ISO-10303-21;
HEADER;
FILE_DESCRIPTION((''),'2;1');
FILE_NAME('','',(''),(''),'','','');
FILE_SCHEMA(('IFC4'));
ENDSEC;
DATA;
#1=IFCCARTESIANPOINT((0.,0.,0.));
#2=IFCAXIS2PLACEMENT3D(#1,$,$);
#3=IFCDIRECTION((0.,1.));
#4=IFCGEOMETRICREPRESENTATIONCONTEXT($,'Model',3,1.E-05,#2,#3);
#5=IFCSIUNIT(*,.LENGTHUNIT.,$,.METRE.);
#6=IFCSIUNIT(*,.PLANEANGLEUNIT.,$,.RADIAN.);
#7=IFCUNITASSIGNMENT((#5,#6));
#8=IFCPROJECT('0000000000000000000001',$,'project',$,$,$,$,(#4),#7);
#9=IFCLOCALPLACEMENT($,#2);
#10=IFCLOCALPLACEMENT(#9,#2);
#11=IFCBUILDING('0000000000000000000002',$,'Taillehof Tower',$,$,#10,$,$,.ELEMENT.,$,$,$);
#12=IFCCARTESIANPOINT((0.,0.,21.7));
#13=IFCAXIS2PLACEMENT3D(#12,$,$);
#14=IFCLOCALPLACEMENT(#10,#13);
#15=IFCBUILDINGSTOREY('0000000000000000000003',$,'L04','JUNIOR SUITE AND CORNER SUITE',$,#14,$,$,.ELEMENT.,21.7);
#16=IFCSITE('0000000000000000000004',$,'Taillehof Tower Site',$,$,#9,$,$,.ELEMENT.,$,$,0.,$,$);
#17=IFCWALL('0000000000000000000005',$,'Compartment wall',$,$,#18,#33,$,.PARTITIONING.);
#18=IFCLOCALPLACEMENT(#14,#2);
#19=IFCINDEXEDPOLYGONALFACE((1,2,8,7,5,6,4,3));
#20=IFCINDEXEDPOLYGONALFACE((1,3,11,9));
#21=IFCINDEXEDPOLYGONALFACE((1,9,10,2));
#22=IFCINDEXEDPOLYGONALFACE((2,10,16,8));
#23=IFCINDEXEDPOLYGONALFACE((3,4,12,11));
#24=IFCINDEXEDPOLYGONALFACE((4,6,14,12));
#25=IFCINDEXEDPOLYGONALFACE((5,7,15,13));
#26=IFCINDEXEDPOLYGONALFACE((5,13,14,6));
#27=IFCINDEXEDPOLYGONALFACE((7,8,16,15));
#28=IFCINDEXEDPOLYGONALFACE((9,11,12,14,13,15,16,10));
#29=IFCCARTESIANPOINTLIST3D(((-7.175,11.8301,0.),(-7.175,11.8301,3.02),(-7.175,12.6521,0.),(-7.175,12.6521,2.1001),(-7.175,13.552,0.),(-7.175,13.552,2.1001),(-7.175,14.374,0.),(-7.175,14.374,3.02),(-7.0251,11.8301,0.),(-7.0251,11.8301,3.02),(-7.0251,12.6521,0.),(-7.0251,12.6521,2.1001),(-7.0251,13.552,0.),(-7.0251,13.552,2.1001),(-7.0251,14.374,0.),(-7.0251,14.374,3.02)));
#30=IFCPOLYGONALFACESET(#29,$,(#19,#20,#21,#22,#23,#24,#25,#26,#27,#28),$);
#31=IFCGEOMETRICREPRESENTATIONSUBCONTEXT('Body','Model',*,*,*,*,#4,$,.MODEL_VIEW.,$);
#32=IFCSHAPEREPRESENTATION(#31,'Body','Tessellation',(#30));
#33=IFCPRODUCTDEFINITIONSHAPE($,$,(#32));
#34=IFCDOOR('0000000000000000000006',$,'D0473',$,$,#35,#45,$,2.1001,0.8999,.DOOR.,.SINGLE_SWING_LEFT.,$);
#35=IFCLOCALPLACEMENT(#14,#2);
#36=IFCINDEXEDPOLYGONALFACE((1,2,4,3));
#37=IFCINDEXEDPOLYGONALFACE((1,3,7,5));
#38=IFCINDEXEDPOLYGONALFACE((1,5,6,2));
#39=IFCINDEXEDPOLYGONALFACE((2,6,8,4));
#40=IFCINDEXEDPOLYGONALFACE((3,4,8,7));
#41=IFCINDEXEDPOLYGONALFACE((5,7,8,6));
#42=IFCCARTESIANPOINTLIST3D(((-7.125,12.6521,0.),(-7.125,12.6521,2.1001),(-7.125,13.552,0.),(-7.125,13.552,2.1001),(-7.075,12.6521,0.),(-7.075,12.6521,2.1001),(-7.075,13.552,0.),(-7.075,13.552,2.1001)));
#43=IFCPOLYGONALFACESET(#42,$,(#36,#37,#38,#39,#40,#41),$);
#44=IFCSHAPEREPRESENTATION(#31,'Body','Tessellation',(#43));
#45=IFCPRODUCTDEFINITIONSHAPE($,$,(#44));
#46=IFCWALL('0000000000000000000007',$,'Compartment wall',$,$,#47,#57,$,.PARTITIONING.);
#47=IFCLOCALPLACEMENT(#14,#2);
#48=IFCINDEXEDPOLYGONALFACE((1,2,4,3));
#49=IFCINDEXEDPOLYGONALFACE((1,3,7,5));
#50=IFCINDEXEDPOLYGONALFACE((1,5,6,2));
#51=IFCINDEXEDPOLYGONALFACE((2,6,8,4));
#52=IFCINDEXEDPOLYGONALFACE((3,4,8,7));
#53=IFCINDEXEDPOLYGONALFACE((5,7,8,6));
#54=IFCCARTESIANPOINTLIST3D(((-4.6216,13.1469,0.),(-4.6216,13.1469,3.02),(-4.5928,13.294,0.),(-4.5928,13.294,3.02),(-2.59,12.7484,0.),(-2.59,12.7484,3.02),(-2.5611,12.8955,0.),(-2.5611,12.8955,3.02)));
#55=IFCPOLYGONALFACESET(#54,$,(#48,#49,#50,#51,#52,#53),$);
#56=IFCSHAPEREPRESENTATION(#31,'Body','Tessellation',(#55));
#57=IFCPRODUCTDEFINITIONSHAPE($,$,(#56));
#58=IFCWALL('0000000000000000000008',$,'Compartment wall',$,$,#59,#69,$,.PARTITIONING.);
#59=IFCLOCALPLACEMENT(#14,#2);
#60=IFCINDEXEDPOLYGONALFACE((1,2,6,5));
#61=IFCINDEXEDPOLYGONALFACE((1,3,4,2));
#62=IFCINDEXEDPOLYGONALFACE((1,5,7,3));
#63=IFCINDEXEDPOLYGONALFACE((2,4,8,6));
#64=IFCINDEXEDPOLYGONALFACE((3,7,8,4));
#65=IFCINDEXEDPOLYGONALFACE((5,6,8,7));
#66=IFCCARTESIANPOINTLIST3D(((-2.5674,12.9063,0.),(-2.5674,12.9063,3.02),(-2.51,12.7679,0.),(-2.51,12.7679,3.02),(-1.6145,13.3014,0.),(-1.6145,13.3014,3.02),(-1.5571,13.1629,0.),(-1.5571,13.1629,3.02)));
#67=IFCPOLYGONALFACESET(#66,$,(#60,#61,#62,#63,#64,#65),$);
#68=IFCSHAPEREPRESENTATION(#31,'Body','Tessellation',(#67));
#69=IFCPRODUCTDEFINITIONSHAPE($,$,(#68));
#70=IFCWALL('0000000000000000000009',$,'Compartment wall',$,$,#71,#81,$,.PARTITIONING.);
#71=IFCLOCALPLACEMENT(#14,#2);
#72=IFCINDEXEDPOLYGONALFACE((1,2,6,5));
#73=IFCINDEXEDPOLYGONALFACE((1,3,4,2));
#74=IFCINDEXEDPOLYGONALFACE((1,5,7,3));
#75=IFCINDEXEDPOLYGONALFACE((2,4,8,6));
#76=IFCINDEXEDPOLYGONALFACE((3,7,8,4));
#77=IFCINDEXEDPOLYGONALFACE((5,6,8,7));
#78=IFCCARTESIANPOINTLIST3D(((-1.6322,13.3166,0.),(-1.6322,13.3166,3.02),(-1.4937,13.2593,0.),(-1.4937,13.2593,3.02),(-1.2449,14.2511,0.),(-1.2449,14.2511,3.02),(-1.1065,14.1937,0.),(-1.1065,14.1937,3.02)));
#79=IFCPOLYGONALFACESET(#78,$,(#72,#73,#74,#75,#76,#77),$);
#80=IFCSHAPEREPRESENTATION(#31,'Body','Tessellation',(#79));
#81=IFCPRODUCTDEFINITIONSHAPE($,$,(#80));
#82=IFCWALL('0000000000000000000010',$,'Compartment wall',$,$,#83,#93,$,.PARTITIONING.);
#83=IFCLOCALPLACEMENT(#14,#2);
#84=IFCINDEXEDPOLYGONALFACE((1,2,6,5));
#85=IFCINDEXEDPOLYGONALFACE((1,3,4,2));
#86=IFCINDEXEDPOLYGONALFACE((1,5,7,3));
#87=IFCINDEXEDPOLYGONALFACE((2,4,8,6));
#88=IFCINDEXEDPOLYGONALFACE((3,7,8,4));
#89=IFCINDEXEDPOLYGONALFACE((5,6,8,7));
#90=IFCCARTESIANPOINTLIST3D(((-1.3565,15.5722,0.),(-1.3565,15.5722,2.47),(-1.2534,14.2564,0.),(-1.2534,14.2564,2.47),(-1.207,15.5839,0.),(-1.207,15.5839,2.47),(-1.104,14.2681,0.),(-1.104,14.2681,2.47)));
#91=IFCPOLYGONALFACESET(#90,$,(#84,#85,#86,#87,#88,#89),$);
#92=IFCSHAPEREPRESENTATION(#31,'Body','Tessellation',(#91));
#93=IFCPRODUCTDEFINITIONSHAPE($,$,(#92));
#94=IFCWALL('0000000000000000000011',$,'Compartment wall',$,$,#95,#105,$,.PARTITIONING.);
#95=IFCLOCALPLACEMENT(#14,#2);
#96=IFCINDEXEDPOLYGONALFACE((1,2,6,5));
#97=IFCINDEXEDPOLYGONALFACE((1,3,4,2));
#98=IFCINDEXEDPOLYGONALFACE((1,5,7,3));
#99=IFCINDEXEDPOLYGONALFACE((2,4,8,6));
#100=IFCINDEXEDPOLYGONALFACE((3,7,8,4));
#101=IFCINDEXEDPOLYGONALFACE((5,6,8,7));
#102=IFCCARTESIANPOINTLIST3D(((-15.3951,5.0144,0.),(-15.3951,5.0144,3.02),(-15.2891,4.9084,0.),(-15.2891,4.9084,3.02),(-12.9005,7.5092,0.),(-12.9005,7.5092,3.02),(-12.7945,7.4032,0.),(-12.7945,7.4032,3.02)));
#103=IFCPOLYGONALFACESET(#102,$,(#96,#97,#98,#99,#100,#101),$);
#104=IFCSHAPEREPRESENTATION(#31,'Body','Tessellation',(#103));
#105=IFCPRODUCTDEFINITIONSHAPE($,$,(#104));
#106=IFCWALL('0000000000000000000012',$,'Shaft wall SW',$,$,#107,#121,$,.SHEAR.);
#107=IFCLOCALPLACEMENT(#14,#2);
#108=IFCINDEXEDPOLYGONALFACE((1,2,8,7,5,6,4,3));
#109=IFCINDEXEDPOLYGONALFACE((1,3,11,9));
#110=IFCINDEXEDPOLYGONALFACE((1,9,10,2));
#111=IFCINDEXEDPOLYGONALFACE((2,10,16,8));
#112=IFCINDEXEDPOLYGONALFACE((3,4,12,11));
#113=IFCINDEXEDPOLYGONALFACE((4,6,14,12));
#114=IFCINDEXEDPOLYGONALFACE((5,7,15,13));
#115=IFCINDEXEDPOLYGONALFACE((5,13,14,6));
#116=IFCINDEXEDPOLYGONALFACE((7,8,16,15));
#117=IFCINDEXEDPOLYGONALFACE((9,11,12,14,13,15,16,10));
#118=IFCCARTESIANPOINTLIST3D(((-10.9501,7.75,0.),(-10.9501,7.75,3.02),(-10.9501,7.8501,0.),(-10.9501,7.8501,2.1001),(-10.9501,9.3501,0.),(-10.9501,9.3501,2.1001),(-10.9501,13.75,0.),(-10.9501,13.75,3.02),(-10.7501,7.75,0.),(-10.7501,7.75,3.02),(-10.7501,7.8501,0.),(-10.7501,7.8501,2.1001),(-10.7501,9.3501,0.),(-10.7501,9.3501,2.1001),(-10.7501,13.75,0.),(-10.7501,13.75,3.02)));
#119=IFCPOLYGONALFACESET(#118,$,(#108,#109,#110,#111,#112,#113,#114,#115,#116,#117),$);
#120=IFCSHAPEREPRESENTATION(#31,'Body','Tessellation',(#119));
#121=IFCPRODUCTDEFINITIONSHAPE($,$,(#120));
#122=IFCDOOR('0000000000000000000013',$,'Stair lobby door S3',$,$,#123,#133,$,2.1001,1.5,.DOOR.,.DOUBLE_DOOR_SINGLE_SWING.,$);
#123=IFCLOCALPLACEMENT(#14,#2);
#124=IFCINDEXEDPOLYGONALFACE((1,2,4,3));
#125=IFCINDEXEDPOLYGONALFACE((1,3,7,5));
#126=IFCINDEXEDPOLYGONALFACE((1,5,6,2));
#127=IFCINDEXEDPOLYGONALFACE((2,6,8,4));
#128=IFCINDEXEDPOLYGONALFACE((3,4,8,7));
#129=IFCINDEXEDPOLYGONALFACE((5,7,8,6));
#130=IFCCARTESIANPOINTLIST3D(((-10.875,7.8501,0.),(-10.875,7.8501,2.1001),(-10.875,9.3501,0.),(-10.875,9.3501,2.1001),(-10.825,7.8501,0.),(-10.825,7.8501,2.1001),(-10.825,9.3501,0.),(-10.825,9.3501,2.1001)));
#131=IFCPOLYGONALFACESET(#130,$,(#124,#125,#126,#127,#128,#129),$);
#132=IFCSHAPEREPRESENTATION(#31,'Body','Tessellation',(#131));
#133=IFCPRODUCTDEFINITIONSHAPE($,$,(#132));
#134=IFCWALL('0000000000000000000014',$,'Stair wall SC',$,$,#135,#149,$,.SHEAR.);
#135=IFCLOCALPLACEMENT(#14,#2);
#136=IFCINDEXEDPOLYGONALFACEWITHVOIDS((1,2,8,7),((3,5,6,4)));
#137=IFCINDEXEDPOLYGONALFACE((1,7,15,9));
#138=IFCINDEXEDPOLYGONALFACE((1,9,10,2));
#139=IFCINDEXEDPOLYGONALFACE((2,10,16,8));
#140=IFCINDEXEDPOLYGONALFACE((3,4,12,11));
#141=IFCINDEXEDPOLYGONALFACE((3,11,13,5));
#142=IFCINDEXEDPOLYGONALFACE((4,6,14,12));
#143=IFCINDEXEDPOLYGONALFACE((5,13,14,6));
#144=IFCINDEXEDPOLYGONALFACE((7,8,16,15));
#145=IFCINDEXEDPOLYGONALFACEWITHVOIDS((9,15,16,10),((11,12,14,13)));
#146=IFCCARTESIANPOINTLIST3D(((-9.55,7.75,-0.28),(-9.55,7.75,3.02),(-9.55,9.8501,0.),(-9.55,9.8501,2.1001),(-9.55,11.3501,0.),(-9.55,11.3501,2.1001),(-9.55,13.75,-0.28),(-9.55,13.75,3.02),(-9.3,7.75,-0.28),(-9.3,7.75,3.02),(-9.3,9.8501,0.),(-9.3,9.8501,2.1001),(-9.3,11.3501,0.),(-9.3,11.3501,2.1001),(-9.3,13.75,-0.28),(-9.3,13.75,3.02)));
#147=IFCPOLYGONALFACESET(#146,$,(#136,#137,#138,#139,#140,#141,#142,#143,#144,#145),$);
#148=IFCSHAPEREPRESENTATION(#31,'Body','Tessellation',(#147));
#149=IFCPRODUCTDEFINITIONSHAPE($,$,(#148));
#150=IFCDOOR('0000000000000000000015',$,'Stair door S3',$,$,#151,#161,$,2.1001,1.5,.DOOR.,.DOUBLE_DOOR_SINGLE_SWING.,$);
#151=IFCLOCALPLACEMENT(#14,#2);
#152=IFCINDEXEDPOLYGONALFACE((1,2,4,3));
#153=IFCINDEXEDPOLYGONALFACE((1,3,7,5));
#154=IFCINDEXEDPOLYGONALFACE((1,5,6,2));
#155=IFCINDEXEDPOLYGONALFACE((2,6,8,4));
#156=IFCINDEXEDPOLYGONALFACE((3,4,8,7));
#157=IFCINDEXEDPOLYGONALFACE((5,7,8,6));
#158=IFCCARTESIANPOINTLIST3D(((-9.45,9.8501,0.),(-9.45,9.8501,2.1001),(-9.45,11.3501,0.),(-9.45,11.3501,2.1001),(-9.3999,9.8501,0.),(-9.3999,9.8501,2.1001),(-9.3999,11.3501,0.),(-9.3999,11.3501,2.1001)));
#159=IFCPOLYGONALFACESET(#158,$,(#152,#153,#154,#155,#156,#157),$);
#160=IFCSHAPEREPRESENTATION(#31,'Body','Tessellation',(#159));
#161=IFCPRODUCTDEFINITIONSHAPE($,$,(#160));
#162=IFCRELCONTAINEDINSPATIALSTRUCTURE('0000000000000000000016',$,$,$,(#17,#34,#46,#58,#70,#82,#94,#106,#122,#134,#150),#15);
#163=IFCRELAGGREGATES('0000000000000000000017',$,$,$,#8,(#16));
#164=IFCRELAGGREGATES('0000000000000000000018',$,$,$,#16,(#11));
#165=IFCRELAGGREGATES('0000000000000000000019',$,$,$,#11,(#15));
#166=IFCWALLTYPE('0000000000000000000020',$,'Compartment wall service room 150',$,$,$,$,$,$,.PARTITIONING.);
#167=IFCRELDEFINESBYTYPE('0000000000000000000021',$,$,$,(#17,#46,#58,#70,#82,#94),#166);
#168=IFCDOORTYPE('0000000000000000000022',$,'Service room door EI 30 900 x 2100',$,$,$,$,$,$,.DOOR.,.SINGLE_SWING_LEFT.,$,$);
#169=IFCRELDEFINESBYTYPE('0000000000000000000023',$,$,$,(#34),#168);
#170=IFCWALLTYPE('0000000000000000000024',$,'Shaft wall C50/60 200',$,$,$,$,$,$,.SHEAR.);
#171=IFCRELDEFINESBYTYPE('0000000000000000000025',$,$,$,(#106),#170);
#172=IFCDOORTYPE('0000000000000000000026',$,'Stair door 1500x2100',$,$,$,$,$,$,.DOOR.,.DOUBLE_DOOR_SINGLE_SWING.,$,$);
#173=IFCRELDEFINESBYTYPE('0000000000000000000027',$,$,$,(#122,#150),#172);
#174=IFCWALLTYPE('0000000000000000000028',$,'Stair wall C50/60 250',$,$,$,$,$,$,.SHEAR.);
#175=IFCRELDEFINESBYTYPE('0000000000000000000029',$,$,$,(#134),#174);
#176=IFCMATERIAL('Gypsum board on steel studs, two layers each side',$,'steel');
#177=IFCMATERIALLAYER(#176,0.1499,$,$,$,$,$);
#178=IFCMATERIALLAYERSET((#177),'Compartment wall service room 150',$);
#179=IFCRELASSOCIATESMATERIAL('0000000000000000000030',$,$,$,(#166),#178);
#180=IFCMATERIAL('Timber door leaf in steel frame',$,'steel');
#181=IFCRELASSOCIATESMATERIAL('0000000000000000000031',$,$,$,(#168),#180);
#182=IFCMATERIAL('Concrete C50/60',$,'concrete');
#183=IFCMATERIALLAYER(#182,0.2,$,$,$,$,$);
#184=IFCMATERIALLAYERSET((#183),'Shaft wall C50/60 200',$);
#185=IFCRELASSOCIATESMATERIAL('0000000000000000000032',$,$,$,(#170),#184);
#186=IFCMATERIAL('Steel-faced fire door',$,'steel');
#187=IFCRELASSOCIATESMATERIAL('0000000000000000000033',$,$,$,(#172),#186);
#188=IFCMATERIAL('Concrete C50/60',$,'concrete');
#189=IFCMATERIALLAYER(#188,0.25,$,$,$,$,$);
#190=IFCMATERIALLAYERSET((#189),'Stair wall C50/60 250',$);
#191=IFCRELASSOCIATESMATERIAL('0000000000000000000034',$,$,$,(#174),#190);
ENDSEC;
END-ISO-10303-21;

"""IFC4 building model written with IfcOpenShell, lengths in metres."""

from ifc_helpers import new_model, si_unit, direction, frame, frame_2d, origin, place, context, subcontext, project, spatial, rectangle, extrude, material, layer, layer_set, type_object, element, fill, save


model = new_model("IFC4")

# Units and contexts
model_context = context("Model", 3, precision=1e-05, world=origin(), true_north=direction((0.0, 1.0)))
body_context = subcontext(model_context, "Body", "Model", "MODEL_VIEW")
ifc_project = project(units=[si_unit("LENGTHUNIT", "METRE"), si_unit("PLANEANGLEUNIT", "RADIAN")], contexts=[model_context])

# Site, building, storey
site_placement = place(None, origin())
site = spatial("IfcSite", under=ifc_project, at=site_placement, Name="Taillehof Tower Site", CompositionType="ELEMENT", RefElevation=0.0)
building_placement = place(site_placement, origin())
building = spatial("IfcBuilding", under=site, at=building_placement, Name="Taillehof Tower", CompositionType="ELEMENT")
storey_placement = place(building_placement, frame((0.0, 0.0, 21.7)))
storey = spatial("IfcBuildingStorey", under=building, at=storey_placement, Name="L04", Description="JUNIOR SUITE AND CORNER SUITE", CompositionType="ELEMENT", Elevation=21.7)

# Shared definitions
ifc_material_1 = material(Name="Gypsum board on steel studs, two layers each side", Category="steel")
ifc_layer_1 = layer(ifc_material_1, 0.1499)
ifc_layer_set_1 = layer_set([ifc_layer_1], Name="Compartment wall service room 150")
wall_type_1 = type_object("IfcWallType", Name="Compartment wall service room 150", PredefinedType="PARTITIONING", material=ifc_layer_set_1)

# Wall, opening, door
wall_1_placement = place(storey_placement, frame((-7.1001, 11.8301, 0.0), z_axis=(0.0, 0.0, 1.0), x_axis=(0.0, 1.0, 0.0)))
wall_1 = element("IfcWall", 1, at=wall_1_placement, inside=storey, type_object=wall_type_1, Name="Compartment wall", PredefinedType="PARTITIONING", context=body_context, shape_type="SweptSolid", body=[
    extrude(rectangle(XDim=2.5439, YDim=0.1499, at=frame_2d((1.272, 0.0))), origin(), (0.0, 0.0, 1.0), 3.02),
])
opening_1_placement = place(wall_1_placement, frame((0.822, 0.0, 0.0)))
opening_1 = element("IfcOpeningElement", 2, at=opening_1_placement, cuts=wall_1, PredefinedType="OPENING", context=body_context, shape_type="SweptSolid", body=[
    extrude(rectangle(XDim=0.8999, YDim=2.1001, at=frame_2d((0.45, 1.05))), frame((0.0, 0.085, 0.0), z_axis=(0.0, -1.0, 0.0), x_axis=(1.0, 0.0, 0.0)), (0.0, 0.0, 1.0), 0.1699),
])
ifc_material_2 = material(Name="Timber door leaf in steel frame", Category="steel")
door_type_1 = type_object("IfcDoorType", Name="Service room door EI 30 900 x 2100", OperationType="SINGLE_SWING_LEFT", PredefinedType="DOOR", material=ifc_material_2)
door_1_placement = place(opening_1_placement, origin())
door_1 = element("IfcDoor", 3, at=door_1_placement, inside=storey, type_object=door_type_1, Name="D0473", OperationType="SINGLE_SWING_LEFT", OverallHeight=2.1001, OverallWidth=0.8999, PredefinedType="DOOR", context=body_context, shape_type="SweptSolid", body=[
    extrude(rectangle(XDim=0.8999, YDim=2.1001, at=frame_2d((0.45, 1.05))), frame((0.0, 0.0249, 0.0), z_axis=(0.0, -1.0, 0.0), x_axis=(1.0, 0.0, 0.0)), (0.0, 0.0, 1.0), 0.05),
])
fill(opening_1, door_1)

# Walls
wall_2_placement = place(storey_placement, frame((-4.6072, 13.2205, 0.0), z_axis=(0.0, 0.0, 1.0), x_axis=(0.981304, -0.192463, 0.0)))
element("IfcWall", 4, at=wall_2_placement, inside=storey, type_object=wall_type_1, Name="Compartment wall", PredefinedType="PARTITIONING", context=body_context, shape_type="SweptSolid", body=[
    extrude(rectangle(XDim=2.0703, YDim=0.1499, at=frame_2d((1.0352, 0.0))), origin(), (0.0, 0.0, 1.0), 3.02),
])
wall_3_placement = place(storey_placement, frame((-2.5386, 12.8372, 0.0), z_axis=(0.0, 0.0, 1.0), x_axis=(0.923769, 0.382951, 0.0)))
element("IfcWall", 5, at=wall_3_placement, inside=storey, type_object=wall_type_1, Name="Compartment wall", PredefinedType="PARTITIONING", context=body_context, shape_type="SweptSolid", body=[
    extrude(rectangle(XDim=1.0315, YDim=0.1499, at=frame_2d((0.5156, 0.0))), origin(), (0.0, 0.0, 1.0), 3.02),
])
wall_4_placement = place(storey_placement, frame((-1.563, 13.2878, 0.0), z_axis=(0.0, 0.0, 1.0), x_axis=(0.382849, 0.923811, 0.0)))
element("IfcWall", 6, at=wall_4_placement, inside=storey, type_object=wall_type_1, Name="Compartment wall", PredefinedType="PARTITIONING", context=body_context, shape_type="SweptSolid", body=[
    extrude(rectangle(XDim=1.0115, YDim=0.1499, at=frame_2d((0.5059, 0.0))), origin(), (0.0, 0.0, 1.0), 3.02),
])
wall_5_placement = place(storey_placement, frame((-1.1787, 14.2622, 0.0), z_axis=(0.0, 0.0, 1.0), x_axis=(-0.078054, 0.996949, 0.0)))
element("IfcWall", 7, at=wall_5_placement, inside=storey, type_object=wall_type_1, Name="Compartment wall", PredefinedType="PARTITIONING", context=body_context, shape_type="SweptSolid", body=[
    extrude(rectangle(XDim=1.3198, YDim=0.1499, at=frame_2d((0.6599, 0.0))), origin(), (0.0, 0.0, 1.0), 2.47),
])
wall_6_placement = place(storey_placement, frame((-12.8474, 7.4563, 0.0), z_axis=(0.0, 0.0, 1.0), x_axis=(-0.707072, -0.707141, 0.0)))
element("IfcWall", 8, at=wall_6_placement, inside=storey, type_object=wall_type_1, Name="Compartment wall", PredefinedType="PARTITIONING", context=body_context, shape_type="SweptSolid", body=[
    extrude(rectangle(XDim=3.5281, YDim=0.1499, at=frame_2d((1.7642, 0.0))), origin(), (0.0, 0.0, 1.0), 3.02),
])

# Walls, openings, doors
ifc_material_3 = material(Name="Concrete C50/60", Category="concrete")
ifc_layer_2 = layer(ifc_material_3, 0.2)
ifc_layer_set_2 = layer_set([ifc_layer_2], Name="Shaft wall C50/60 200")
wall_type_2 = type_object("IfcWallType", Name="Shaft wall C50/60 200", PredefinedType="SHEAR", material=ifc_layer_set_2)
wall_7_placement = place(storey_placement, frame((-10.8501, 7.75, 0.0), z_axis=(0.0, 0.0, 1.0), x_axis=(0.0, 1.0, 0.0)))
wall_7 = element("IfcWall", 9, at=wall_7_placement, inside=storey, type_object=wall_type_2, Name="Shaft wall SW", PredefinedType="SHEAR", context=body_context, shape_type="SweptSolid", body=[
    extrude(rectangle(XDim=6.0, YDim=0.2, at=frame_2d((3.0, 0.0))), origin(), (0.0, 0.0, 1.0), 3.02),
])
opening_2_placement = place(wall_7_placement, frame((0.1001, 0.0, 0.0)))
opening_2 = element("IfcOpeningElement", 10, at=opening_2_placement, cuts=wall_7, PredefinedType="OPENING", context=body_context, shape_type="SweptSolid", body=[
    extrude(rectangle(XDim=1.5, YDim=2.1001, at=frame_2d((0.75, 1.05))), frame((0.0, 0.1099, 0.0), z_axis=(0.0, -1.0, 0.0), x_axis=(1.0, 0.0, 0.0)), (0.0, 0.0, 1.0), 0.22),
])
ifc_material_4 = material(Name="Steel-faced fire door", Category="steel")
door_type_2 = type_object("IfcDoorType", Name="Stair door 1500x2100", OperationType="DOUBLE_DOOR_SINGLE_SWING", PredefinedType="DOOR", material=ifc_material_4)
door_2_placement = place(opening_2_placement, origin())
door_2 = element("IfcDoor", 11, at=door_2_placement, inside=storey, type_object=door_type_2, Name="Stair lobby door S3", OperationType="DOUBLE_DOOR_SINGLE_SWING", OverallHeight=2.1001, OverallWidth=1.5, PredefinedType="DOOR", context=body_context, shape_type="SweptSolid", body=[
    extrude(rectangle(XDim=1.5, YDim=2.1001, at=frame_2d((0.75, 1.05))), frame((0.0, 0.0249, 0.0), z_axis=(0.0, -1.0, 0.0), x_axis=(1.0, 0.0, 0.0)), (0.0, 0.0, 1.0), 0.05),
])
fill(opening_2, door_2)
ifc_material_5 = material(Name="Concrete C50/60", Category="concrete")
ifc_layer_3 = layer(ifc_material_5, 0.25)
ifc_layer_set_3 = layer_set([ifc_layer_3], Name="Stair wall C50/60 250")
wall_type_3 = type_object("IfcWallType", Name="Stair wall C50/60 250", PredefinedType="SHEAR", material=ifc_layer_set_3)
wall_8_placement = place(storey_placement, frame((-9.425, 7.75, -0.28), z_axis=(0.0, 0.0, 1.0), x_axis=(0.0, 1.0, 0.0)))
wall_8 = element("IfcWall", 12, at=wall_8_placement, inside=storey, type_object=wall_type_3, Name="Stair wall SC", PredefinedType="SHEAR", context=body_context, shape_type="SweptSolid", body=[
    extrude(rectangle(XDim=6.0, YDim=0.25, at=frame_2d((3.0, 0.0))), origin(), (0.0, 0.0, 1.0), 3.3),
])
opening_3_placement = place(wall_8_placement, frame((2.1001, 0.0, 0.28)))
opening_3 = element("IfcOpeningElement", 13, at=opening_3_placement, cuts=wall_8, PredefinedType="OPENING", context=body_context, shape_type="SweptSolid", body=[
    extrude(rectangle(XDim=1.5, YDim=2.1001, at=frame_2d((0.75, 1.05))), frame((0.0, 0.135, 0.0), z_axis=(0.0, -1.0, 0.0), x_axis=(1.0, 0.0, 0.0)), (0.0, 0.0, 1.0), 0.27),
])
door_3_placement = place(opening_3_placement, origin())
door_3 = element("IfcDoor", 14, at=door_3_placement, inside=storey, type_object=door_type_2, Name="Stair door S3", OperationType="DOUBLE_DOOR_SINGLE_SWING", OverallHeight=2.1001, OverallWidth=1.5, PredefinedType="DOOR", context=body_context, shape_type="SweptSolid", body=[
    extrude(rectangle(XDim=1.5, YDim=2.1001, at=frame_2d((0.75, 1.05))), frame((0.0, 0.0249, 0.0), z_axis=(0.0, -1.0, 0.0), x_axis=(1.0, 0.0, 0.0)), (0.0, 0.0, 1.0), 0.05),
])
fill(opening_3, door_3)

save(model, "model.ifc")
